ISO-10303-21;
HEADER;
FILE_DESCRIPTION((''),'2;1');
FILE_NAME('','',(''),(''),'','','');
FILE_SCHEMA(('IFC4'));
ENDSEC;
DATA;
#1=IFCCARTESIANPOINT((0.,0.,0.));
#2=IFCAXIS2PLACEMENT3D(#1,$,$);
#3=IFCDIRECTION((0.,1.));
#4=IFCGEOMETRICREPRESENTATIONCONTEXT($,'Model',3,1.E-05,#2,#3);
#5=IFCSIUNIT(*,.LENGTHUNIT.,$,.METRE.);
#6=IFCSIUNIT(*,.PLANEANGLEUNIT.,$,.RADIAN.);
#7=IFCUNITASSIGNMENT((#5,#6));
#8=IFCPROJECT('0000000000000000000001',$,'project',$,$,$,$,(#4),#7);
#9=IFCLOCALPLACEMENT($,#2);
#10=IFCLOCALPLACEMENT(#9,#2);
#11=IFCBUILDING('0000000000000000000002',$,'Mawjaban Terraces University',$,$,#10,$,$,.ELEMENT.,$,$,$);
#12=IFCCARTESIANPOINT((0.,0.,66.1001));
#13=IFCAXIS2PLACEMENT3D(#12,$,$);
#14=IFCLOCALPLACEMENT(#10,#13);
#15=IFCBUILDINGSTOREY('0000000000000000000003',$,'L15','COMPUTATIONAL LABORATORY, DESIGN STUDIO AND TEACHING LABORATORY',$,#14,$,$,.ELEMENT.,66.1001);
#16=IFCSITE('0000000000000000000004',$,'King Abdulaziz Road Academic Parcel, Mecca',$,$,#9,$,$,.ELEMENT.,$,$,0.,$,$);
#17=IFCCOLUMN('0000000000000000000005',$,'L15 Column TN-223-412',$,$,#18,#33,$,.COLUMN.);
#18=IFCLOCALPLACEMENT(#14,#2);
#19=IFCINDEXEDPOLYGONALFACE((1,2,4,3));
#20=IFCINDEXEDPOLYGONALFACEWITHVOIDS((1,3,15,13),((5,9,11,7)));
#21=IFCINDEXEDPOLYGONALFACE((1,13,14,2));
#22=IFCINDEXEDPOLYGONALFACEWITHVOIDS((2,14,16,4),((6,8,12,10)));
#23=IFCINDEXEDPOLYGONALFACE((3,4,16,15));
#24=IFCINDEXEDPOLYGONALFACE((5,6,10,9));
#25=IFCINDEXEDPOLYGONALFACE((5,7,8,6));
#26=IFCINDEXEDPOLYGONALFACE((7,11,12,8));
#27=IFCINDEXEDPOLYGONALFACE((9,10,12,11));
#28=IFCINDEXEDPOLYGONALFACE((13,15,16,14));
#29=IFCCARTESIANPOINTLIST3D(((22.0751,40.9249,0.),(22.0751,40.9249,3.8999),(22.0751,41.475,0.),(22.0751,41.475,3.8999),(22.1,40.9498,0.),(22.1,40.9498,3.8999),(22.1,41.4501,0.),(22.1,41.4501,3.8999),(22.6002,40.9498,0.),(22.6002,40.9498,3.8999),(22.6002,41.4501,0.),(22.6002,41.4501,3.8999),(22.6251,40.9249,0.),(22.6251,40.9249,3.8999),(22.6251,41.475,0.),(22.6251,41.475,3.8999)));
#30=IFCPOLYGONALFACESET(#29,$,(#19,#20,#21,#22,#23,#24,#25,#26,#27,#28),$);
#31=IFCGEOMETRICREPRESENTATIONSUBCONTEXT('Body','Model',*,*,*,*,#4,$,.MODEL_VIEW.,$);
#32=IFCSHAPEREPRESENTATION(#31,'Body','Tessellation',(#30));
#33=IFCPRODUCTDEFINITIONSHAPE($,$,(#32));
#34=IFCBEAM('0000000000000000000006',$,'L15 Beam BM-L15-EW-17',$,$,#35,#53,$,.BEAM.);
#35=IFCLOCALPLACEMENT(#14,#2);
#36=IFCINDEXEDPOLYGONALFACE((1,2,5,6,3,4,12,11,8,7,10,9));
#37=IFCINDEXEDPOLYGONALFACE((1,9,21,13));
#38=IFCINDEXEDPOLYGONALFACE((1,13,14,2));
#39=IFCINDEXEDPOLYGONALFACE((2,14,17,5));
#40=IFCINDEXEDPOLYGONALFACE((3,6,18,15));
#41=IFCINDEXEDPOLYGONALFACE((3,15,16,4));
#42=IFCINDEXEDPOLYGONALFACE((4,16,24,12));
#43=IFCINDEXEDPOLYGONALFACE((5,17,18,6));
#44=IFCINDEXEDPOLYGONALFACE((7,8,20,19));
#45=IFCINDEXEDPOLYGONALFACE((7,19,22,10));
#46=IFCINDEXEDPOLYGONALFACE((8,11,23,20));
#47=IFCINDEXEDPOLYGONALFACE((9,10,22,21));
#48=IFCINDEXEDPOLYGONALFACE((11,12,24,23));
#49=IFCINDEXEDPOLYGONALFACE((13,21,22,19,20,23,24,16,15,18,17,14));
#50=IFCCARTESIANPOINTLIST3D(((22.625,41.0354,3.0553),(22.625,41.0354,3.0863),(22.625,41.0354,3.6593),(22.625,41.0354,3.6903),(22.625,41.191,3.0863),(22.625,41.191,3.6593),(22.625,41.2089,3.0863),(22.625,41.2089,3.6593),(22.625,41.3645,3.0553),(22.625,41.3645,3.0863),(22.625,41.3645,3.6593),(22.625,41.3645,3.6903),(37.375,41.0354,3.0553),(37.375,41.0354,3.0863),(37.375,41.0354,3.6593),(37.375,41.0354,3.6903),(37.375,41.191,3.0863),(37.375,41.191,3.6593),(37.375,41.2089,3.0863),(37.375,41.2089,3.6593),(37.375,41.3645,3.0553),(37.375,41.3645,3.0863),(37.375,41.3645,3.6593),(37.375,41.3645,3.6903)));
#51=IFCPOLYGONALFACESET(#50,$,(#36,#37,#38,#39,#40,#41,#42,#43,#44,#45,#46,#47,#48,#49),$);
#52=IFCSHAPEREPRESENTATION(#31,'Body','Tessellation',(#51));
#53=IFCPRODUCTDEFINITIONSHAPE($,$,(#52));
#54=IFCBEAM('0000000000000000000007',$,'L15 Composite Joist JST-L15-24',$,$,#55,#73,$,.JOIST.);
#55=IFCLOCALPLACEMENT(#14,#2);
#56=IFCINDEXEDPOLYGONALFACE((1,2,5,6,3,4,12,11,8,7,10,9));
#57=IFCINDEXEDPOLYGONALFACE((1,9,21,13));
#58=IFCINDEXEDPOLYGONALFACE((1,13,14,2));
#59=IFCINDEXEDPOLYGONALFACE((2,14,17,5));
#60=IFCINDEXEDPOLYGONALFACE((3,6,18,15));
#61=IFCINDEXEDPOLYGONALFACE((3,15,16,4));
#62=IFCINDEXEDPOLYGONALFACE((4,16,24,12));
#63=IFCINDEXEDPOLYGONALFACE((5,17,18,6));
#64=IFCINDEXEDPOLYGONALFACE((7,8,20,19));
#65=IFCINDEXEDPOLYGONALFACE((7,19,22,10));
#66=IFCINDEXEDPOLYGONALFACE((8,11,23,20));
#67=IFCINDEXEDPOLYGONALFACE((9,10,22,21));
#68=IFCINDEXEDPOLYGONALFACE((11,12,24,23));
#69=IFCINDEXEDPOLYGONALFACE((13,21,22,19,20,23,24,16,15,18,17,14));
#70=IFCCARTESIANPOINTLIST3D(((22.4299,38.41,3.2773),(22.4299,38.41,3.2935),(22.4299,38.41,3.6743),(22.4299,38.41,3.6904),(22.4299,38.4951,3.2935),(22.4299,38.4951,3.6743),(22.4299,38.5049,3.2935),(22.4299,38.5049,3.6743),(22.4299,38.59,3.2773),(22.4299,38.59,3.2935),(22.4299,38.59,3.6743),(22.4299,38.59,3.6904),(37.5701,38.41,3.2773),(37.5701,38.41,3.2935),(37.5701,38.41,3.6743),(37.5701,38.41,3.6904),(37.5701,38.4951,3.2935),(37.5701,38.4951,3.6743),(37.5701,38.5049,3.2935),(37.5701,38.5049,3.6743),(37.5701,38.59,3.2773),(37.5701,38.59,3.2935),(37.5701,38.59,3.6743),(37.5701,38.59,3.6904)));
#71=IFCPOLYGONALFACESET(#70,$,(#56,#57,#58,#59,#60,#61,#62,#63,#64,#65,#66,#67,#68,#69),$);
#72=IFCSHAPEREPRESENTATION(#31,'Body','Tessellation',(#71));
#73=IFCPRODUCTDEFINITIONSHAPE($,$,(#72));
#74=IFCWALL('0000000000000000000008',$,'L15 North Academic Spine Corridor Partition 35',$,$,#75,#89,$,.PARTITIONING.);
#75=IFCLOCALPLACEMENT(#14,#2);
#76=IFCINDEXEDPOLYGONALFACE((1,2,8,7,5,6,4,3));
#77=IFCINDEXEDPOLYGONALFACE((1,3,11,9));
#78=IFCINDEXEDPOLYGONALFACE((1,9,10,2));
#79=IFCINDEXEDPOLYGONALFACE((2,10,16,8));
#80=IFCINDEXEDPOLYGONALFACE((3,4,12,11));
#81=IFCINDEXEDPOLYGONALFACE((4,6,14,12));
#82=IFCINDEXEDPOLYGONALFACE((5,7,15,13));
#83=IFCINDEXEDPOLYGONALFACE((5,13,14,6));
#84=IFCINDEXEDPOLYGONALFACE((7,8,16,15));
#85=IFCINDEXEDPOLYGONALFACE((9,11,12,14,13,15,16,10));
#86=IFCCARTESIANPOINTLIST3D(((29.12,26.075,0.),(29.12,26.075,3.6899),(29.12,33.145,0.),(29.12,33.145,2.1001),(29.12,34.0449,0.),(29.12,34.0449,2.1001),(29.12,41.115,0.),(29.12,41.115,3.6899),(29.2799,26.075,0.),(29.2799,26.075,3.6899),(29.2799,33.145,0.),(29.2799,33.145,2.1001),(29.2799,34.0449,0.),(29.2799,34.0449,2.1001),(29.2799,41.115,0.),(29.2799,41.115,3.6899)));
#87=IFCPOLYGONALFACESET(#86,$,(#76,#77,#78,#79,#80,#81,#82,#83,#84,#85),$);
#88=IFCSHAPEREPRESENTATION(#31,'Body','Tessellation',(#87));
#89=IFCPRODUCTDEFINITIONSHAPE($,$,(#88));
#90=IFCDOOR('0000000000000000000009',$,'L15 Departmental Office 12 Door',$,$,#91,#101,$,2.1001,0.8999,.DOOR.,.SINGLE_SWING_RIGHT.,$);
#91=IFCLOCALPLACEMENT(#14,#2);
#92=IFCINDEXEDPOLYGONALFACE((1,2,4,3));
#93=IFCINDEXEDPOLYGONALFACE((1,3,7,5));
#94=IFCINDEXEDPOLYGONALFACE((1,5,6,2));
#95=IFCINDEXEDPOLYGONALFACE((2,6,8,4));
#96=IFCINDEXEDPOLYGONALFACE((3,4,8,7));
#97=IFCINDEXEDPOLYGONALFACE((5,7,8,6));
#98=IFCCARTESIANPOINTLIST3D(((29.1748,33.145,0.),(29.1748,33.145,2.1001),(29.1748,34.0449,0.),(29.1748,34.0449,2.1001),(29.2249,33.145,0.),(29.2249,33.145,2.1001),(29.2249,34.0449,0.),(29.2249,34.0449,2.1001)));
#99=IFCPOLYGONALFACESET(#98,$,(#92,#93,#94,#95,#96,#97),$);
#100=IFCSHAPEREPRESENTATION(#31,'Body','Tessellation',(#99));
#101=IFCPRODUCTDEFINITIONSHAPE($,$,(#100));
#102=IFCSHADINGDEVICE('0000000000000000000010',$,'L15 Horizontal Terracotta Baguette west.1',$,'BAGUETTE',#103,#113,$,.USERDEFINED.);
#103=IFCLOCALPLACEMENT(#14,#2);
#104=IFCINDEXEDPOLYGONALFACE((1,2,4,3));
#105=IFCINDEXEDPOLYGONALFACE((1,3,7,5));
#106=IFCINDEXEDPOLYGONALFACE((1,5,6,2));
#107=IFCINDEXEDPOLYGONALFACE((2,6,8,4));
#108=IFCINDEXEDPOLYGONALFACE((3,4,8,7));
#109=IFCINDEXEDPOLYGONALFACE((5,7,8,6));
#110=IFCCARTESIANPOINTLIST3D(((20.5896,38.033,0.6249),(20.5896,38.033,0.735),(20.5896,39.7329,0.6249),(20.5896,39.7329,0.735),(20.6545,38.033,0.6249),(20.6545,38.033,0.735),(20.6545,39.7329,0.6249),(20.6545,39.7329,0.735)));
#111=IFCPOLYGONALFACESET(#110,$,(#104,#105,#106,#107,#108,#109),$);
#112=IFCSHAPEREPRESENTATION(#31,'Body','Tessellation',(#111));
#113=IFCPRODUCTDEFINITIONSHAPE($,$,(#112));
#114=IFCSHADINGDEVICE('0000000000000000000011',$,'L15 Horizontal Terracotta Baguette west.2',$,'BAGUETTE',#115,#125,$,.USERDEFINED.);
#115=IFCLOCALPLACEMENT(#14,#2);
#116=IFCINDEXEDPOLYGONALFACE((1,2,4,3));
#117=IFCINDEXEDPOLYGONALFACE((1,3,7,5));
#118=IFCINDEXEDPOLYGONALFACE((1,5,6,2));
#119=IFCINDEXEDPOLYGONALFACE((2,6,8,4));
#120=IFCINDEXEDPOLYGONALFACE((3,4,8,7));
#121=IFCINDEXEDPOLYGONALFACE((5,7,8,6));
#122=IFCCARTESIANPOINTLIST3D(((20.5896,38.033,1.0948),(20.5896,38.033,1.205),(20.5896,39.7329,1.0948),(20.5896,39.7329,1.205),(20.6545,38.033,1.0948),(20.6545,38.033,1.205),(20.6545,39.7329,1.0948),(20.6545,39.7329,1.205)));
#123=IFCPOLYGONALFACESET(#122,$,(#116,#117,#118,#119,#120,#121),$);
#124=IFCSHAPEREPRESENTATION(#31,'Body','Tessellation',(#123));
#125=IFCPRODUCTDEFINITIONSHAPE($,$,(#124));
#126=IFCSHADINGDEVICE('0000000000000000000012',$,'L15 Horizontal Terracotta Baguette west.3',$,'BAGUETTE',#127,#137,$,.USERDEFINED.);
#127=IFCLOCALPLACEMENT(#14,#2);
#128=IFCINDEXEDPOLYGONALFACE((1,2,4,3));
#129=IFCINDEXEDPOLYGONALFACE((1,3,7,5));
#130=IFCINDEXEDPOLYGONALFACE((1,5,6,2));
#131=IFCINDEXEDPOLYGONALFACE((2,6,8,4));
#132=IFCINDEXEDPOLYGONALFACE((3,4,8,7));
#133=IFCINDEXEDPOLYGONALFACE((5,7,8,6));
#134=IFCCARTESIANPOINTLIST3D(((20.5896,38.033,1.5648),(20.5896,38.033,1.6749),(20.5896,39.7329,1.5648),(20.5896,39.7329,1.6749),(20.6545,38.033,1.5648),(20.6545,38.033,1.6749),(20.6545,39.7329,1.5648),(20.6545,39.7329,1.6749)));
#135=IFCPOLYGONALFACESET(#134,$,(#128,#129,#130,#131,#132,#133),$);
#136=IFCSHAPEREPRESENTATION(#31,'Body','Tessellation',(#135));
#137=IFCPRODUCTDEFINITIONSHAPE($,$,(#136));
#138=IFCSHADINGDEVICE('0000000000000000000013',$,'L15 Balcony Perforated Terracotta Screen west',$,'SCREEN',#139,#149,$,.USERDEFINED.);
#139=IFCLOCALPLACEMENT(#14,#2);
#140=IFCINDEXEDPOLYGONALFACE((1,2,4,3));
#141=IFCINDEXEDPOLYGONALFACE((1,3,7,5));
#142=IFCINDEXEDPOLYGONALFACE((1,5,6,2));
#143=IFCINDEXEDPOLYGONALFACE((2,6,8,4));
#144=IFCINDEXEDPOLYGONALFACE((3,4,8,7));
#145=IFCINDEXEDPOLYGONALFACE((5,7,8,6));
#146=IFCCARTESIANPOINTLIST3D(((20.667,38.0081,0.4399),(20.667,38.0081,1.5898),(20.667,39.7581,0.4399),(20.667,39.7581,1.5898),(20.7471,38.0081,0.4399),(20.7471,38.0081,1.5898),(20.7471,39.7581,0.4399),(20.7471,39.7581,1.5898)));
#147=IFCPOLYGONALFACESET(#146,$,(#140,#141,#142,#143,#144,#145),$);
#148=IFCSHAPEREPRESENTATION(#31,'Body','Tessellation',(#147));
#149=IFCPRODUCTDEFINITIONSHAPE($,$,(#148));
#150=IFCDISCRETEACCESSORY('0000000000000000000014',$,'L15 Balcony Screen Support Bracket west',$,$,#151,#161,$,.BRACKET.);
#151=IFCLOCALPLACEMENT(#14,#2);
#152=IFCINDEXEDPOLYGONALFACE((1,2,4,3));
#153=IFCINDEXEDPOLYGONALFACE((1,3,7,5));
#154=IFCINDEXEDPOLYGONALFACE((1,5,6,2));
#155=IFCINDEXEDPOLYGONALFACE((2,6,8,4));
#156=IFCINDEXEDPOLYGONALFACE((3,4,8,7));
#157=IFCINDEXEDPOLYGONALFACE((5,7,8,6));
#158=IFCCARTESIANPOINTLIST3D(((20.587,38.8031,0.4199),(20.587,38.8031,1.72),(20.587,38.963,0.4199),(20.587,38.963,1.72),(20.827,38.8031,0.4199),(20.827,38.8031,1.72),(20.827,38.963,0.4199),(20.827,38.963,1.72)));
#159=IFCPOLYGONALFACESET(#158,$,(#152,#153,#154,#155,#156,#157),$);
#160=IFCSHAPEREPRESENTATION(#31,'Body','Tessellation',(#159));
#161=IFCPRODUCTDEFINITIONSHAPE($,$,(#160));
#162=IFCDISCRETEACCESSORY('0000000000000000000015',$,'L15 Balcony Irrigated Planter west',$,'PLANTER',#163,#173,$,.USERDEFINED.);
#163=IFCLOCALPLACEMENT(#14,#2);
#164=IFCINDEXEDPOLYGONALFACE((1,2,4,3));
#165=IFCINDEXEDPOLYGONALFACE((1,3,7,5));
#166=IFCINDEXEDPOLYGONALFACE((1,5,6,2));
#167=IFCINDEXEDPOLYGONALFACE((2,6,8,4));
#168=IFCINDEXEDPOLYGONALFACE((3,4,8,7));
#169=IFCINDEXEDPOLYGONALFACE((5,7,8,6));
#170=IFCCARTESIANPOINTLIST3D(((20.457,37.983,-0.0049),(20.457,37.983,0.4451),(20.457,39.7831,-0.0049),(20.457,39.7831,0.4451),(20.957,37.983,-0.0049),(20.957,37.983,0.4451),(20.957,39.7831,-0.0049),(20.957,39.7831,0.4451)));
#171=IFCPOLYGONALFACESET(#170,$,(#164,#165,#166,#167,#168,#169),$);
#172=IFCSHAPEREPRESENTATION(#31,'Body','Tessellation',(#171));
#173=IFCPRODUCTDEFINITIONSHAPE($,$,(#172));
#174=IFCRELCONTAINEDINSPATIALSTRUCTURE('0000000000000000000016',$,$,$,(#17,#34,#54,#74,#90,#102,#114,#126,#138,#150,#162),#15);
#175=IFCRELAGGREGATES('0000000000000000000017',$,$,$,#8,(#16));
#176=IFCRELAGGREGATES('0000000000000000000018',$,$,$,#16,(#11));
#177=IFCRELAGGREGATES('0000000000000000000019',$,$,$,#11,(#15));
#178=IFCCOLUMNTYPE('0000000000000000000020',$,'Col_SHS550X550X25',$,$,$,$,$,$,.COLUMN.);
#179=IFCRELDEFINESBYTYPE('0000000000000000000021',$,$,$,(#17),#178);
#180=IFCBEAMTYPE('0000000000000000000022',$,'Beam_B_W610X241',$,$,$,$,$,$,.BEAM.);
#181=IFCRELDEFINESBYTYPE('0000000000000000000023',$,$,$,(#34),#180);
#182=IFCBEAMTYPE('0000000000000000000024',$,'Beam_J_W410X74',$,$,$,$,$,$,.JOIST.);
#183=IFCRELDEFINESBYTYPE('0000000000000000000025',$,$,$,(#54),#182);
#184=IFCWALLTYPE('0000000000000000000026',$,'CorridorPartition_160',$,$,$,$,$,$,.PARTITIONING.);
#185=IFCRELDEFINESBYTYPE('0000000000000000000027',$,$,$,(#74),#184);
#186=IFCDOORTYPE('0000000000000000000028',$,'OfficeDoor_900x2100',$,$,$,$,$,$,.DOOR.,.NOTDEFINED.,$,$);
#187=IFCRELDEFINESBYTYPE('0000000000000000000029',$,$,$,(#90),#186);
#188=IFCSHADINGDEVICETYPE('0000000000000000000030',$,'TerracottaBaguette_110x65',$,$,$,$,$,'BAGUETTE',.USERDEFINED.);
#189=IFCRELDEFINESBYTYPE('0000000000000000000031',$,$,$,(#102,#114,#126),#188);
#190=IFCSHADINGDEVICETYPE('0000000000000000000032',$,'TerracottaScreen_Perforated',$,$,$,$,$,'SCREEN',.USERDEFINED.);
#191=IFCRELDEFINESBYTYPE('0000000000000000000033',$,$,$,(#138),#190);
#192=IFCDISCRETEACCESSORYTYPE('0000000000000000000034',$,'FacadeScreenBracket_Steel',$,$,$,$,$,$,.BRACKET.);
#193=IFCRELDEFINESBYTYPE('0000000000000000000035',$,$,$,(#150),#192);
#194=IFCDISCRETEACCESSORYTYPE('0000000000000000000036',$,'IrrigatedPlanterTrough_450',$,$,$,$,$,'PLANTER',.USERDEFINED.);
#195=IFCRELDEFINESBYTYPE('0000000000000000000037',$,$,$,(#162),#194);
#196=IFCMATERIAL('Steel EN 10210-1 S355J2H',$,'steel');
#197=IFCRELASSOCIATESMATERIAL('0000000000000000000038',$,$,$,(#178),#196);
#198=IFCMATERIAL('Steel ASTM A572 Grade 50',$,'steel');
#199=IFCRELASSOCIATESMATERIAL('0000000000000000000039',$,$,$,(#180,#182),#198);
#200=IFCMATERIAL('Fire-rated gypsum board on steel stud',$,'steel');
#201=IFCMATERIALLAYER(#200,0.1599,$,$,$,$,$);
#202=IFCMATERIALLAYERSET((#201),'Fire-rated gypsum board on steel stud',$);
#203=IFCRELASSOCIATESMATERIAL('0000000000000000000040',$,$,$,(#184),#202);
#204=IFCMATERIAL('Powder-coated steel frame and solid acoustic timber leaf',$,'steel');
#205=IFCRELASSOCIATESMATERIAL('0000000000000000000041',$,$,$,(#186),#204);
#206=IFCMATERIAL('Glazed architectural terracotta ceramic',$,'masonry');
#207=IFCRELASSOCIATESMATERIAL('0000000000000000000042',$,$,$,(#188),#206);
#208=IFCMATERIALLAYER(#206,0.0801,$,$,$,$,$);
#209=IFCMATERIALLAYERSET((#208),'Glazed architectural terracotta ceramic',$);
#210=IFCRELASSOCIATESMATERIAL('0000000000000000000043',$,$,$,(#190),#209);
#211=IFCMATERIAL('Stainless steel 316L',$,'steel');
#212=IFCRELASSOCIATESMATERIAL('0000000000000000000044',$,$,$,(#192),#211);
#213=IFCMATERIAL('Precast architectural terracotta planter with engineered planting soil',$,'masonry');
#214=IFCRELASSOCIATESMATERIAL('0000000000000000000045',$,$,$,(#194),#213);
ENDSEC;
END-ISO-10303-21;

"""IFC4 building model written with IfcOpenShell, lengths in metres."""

from ifc_helpers import new_model, si_unit, direction, frame, frame_2d, origin, origin_2d, place, context, subcontext, project, spatial, rectangle, hollow_rectangle, i_section, extrude, material, layer, layer_set, material_profile, profile_set, type_object, element, fill, save


model = new_model("IFC4")

# Units and contexts
model_context = context("Model", 3, precision=1e-05, world=origin(), true_north=direction((0.0, 1.0)))
body_context = subcontext(model_context, "Body", "Model", "MODEL_VIEW")
ifc_project = project(units=[si_unit("LENGTHUNIT", "METRE"), si_unit("PLANEANGLEUNIT", "RADIAN")], contexts=[model_context])

# Site, building, storey
site_placement = place(None, origin())
site = spatial("IfcSite", under=ifc_project, at=site_placement, Name="King Abdulaziz Road Academic Parcel, Mecca", CompositionType="ELEMENT", RefElevation=0.0)
building_placement = place(site_placement, origin())
building = spatial("IfcBuilding", under=site, at=building_placement, Name="Mawjaban Terraces University", CompositionType="ELEMENT")
storey_placement = place(building_placement, frame((0.0, 0.0, 66.1001)))
storey = spatial("IfcBuildingStorey", under=building, at=storey_placement, Name="L15", Description="COMPUTATIONAL LABORATORY, DESIGN STUDIO AND TEACHING LABORATORY", CompositionType="ELEMENT", Elevation=66.1001)

# Column
ifc_material_1 = material(Name="Steel EN 10210-1 S355J2H", Category="steel")
ifc_material_profile_1 = material_profile(ifc_material_1, hollow_rectangle(XDim=0.55, YDim=0.55, WallThickness=0.0249, at=origin_2d()), Name="SHS550X550X25")
ifc_profile_set_1 = profile_set([ifc_material_profile_1], Name="Steel EN 10210-1 S355J2H")
column_type = type_object("IfcColumnType", Name="Col_SHS550X550X25", PredefinedType="COLUMN", material=ifc_profile_set_1)
column_placement = place(storey_placement, frame((22.3501, 41.2, 0.0), z_axis=(0.0, 0.0, 1.0), x_axis=(1.0, 0.0, 0.0)))
element("IfcColumn", 1, at=column_placement, inside=storey, type_object=column_type, Name="L15 Column TN-223-412", PredefinedType="COLUMN", context=body_context, shape_type="SweptSolid", body=[
    extrude(hollow_rectangle(XDim=0.55, YDim=0.55, WallThickness=0.0249, at=origin_2d()), origin(), (0.0, 0.0, 1.0), 3.8999),
])

# Beams
ifc_material_2 = material(Name="Steel ASTM A572 Grade 50", Category="steel")
ifc_material_profile_2 = material_profile(ifc_material_2, i_section(OverallWidth=0.3291, OverallDepth=0.635, WebThickness=0.0178, FlangeThickness=0.031, at=origin_2d()), Name="W610X241")
ifc_profile_set_2 = profile_set([ifc_material_profile_2], Name="Steel ASTM A572 Grade 50")
beam_type_1 = type_object("IfcBeamType", Name="Beam_B_W610X241", PredefinedType="BEAM", material=ifc_profile_set_2)
beam_1_placement = place(storey_placement, frame((22.625, 41.2, 3.3728), z_axis=(1.0, 0.0, 0.0), x_axis=(0.0, 1.0, 0.0)))
element("IfcBeam", 2, at=beam_1_placement, inside=storey, type_object=beam_type_1, Name="L15 Beam BM-L15-EW-17", PredefinedType="BEAM", context=body_context, shape_type="SweptSolid", body=[
    extrude(i_section(OverallWidth=0.3291, OverallDepth=0.635, WebThickness=0.0178, FlangeThickness=0.031, at=origin_2d()), origin(), (0.0, 0.0, 1.0), 14.75),
])
ifc_material_profile_3 = material_profile(ifc_material_2, i_section(OverallWidth=0.1799, OverallDepth=0.4131, WebThickness=0.0098, FlangeThickness=0.0161, at=origin_2d()), Name="W410X74")
ifc_profile_set_3 = profile_set([ifc_material_profile_3], Name="Steel ASTM A572 Grade 50")
beam_type_2 = type_object("IfcBeamType", Name="Beam_J_W410X74", PredefinedType="JOIST", material=ifc_profile_set_3)
beam_2_placement = place(storey_placement, frame((22.4299, 38.5, 3.4839), z_axis=(1.0, 0.0, 0.0), x_axis=(0.0, 1.0, 0.0)))
element("IfcBeam", 3, at=beam_2_placement, inside=storey, type_object=beam_type_2, Name="L15 Composite Joist JST-L15-24", PredefinedType="JOIST", context=body_context, shape_type="SweptSolid", body=[
    extrude(i_section(OverallWidth=0.1799, OverallDepth=0.4131, WebThickness=0.0098, FlangeThickness=0.0161, at=origin_2d()), origin(), (0.0, 0.0, 1.0), 15.1401),
])

# Wall, opening, door
ifc_material_3 = material(Name="Fire-rated gypsum board on steel stud", Category="steel")
ifc_layer_1 = layer(ifc_material_3, 0.1599)
ifc_layer_set_1 = layer_set([ifc_layer_1], Name="Fire-rated gypsum board on steel stud")
wall_type = type_object("IfcWallType", Name="CorridorPartition_160", PredefinedType="PARTITIONING", material=ifc_layer_set_1)
wall_placement = place(storey_placement, frame((29.2, 41.115, 0.0), z_axis=(0.0, 0.0, 1.0), x_axis=(0.0, -1.0, 0.0)))
wall = element("IfcWall", 4, at=wall_placement, inside=storey, type_object=wall_type, Name="L15 North Academic Spine Corridor Partition 35", PredefinedType="PARTITIONING", context=body_context, shape_type="SweptSolid", body=[
    extrude(rectangle(XDim=15.04, YDim=0.1599, at=frame_2d((7.52, 0.0))), origin(), (0.0, 0.0, 1.0), 3.6899),
])
opening_placement = place(wall_placement, frame((7.0701, 0.0, 0.0)))
opening = element("IfcOpeningElement", 5, at=opening_placement, cuts=wall, PredefinedType="OPENING", context=body_context, shape_type="SweptSolid", body=[
    extrude(rectangle(XDim=0.8999, YDim=2.1001, at=frame_2d((0.45, 1.05))), frame((0.0, 0.0898, 0.0), z_axis=(0.0, -1.0, 0.0), x_axis=(1.0, 0.0, 0.0)), (0.0, 0.0, 1.0), 0.1799),
])
ifc_material_4 = material(Name="Powder-coated steel frame and solid acoustic timber leaf", Category="steel")
door_type = type_object("IfcDoorType", Name="OfficeDoor_900x2100", OperationType="NOTDEFINED", PredefinedType="DOOR", material=ifc_material_4)
door_placement = place(opening_placement, origin())
door = element("IfcDoor", 6, at=door_placement, inside=storey, type_object=door_type, Name="L15 Departmental Office 12 Door", OperationType="SINGLE_SWING_RIGHT", OverallHeight=2.1001, OverallWidth=0.8999, PredefinedType="DOOR", context=body_context, shape_type="SweptSolid", body=[
    extrude(rectangle(XDim=0.8999, YDim=2.1001, at=frame_2d((0.45, 1.05))), frame((0.0, 0.0249, 0.0), z_axis=(0.0, -1.0, 0.0), x_axis=(1.0, 0.0, 0.0)), (0.0, 0.0, 1.0), 0.05),
])
fill(opening, door)

# Shading devices
ifc_material_5 = material(Name="Glazed architectural terracotta ceramic", Category="masonry")
ifc_material_profile_4 = material_profile(ifc_material_5, rectangle(XDim=0.0649, YDim=0.1101, at=origin_2d()), Name="TBAG110X65")
ifc_profile_set_4 = profile_set([ifc_material_profile_4], Name="Glazed architectural terracotta ceramic")
shading_device_type_1 = type_object("IfcShadingDeviceType", Name="TerracottaBaguette_110x65", ElementType="BAGUETTE", PredefinedType="USERDEFINED", material=ifc_profile_set_4)
for number, where, z_axis, x_axis, name in (
    (7, (20.6221, 38.033, 0.6799), (0.0, 1.0, 0.0), (-1.0, 0.0, 0.0), "L15 Horizontal Terracotta Baguette west.1"),
    (8, (20.6221, 38.033, 1.1499), (0.0, 1.0, 0.0), (-1.0, 0.0, 0.0), "L15 Horizontal Terracotta Baguette west.2"),
    (9, (20.6221, 38.033, 1.6199), (0.0, 1.0, 0.0), (-1.0, 0.0, 0.0), "L15 Horizontal Terracotta Baguette west.3"),
):
    element("IfcShadingDevice", number, at=place(storey_placement, frame(where, z_axis=z_axis, x_axis=x_axis)), inside=storey, type_object=shading_device_type_1, Name=name, ObjectType="BAGUETTE", PredefinedType="USERDEFINED", context=body_context, shape_type="SweptSolid", body=[
        extrude(rectangle(XDim=0.0649, YDim=0.1101, at=origin_2d()), origin(), (0.0, 0.0, 1.0), 1.7),
    ])
ifc_layer_2 = layer(ifc_material_5, 0.0801)
ifc_layer_set_2 = layer_set([ifc_layer_2], Name="Glazed architectural terracotta ceramic")
shading_device_type_2 = type_object("IfcShadingDeviceType", Name="TerracottaScreen_Perforated", ElementType="SCREEN", PredefinedType="USERDEFINED", material=ifc_layer_set_2)
shading_device_placement = place(storey_placement, frame((20.707, 38.8831, 0.4399), z_axis=(0.0, 0.0, 1.0), x_axis=(0.0, 1.0, 0.0)))
element("IfcShadingDevice", 10, at=shading_device_placement, inside=storey, type_object=shading_device_type_2, Name="L15 Balcony Perforated Terracotta Screen west", ObjectType="SCREEN", PredefinedType="USERDEFINED", context=body_context, shape_type="SweptSolid", body=[
    extrude(rectangle(XDim=1.75, YDim=0.0801, at=origin_2d()), origin(), (0.0, 0.0, 1.0), 1.1499),
])

# Discrete accessories
ifc_material_6 = material(Name="Stainless steel 316L", Category="steel")
discrete_accessory_type_1 = type_object("IfcDiscreteAccessoryType", Name="FacadeScreenBracket_Steel", PredefinedType="BRACKET", material=ifc_material_6)
discrete_accessory_1_placement = place(storey_placement, frame((20.707, 38.8831, 0.4199), z_axis=(0.0, 0.0, 1.0), x_axis=(0.0, 1.0, 0.0)))
element("IfcDiscreteAccessory", 11, at=discrete_accessory_1_placement, inside=storey, type_object=discrete_accessory_type_1, Name="L15 Balcony Screen Support Bracket west", PredefinedType="BRACKET", context=body_context, shape_type="SweptSolid", body=[
    extrude(rectangle(XDim=0.1599, YDim=0.24, at=origin_2d()), origin(), (0.0, 0.0, 1.0), 1.3),
])
ifc_material_7 = material(Name="Precast architectural terracotta planter with engineered planting soil", Category="masonry")
discrete_accessory_type_2 = type_object("IfcDiscreteAccessoryType", Name="IrrigatedPlanterTrough_450", ElementType="PLANTER", PredefinedType="USERDEFINED", material=ifc_material_7)
discrete_accessory_2_placement = place(storey_placement, frame((20.707, 38.8831, -0.0049), z_axis=(0.0, 0.0, 1.0), x_axis=(0.0, 1.0, 0.0)))
element("IfcDiscreteAccessory", 12, at=discrete_accessory_2_placement, inside=storey, type_object=discrete_accessory_type_2, Name="L15 Balcony Irrigated Planter west", ObjectType="PLANTER", PredefinedType="USERDEFINED", context=body_context, shape_type="SweptSolid", body=[
    extrude(rectangle(XDim=1.8, YDim=0.5, at=origin_2d()), origin(), (0.0, 0.0, 1.0), 0.45),
])

save(model, "model.ifc")
